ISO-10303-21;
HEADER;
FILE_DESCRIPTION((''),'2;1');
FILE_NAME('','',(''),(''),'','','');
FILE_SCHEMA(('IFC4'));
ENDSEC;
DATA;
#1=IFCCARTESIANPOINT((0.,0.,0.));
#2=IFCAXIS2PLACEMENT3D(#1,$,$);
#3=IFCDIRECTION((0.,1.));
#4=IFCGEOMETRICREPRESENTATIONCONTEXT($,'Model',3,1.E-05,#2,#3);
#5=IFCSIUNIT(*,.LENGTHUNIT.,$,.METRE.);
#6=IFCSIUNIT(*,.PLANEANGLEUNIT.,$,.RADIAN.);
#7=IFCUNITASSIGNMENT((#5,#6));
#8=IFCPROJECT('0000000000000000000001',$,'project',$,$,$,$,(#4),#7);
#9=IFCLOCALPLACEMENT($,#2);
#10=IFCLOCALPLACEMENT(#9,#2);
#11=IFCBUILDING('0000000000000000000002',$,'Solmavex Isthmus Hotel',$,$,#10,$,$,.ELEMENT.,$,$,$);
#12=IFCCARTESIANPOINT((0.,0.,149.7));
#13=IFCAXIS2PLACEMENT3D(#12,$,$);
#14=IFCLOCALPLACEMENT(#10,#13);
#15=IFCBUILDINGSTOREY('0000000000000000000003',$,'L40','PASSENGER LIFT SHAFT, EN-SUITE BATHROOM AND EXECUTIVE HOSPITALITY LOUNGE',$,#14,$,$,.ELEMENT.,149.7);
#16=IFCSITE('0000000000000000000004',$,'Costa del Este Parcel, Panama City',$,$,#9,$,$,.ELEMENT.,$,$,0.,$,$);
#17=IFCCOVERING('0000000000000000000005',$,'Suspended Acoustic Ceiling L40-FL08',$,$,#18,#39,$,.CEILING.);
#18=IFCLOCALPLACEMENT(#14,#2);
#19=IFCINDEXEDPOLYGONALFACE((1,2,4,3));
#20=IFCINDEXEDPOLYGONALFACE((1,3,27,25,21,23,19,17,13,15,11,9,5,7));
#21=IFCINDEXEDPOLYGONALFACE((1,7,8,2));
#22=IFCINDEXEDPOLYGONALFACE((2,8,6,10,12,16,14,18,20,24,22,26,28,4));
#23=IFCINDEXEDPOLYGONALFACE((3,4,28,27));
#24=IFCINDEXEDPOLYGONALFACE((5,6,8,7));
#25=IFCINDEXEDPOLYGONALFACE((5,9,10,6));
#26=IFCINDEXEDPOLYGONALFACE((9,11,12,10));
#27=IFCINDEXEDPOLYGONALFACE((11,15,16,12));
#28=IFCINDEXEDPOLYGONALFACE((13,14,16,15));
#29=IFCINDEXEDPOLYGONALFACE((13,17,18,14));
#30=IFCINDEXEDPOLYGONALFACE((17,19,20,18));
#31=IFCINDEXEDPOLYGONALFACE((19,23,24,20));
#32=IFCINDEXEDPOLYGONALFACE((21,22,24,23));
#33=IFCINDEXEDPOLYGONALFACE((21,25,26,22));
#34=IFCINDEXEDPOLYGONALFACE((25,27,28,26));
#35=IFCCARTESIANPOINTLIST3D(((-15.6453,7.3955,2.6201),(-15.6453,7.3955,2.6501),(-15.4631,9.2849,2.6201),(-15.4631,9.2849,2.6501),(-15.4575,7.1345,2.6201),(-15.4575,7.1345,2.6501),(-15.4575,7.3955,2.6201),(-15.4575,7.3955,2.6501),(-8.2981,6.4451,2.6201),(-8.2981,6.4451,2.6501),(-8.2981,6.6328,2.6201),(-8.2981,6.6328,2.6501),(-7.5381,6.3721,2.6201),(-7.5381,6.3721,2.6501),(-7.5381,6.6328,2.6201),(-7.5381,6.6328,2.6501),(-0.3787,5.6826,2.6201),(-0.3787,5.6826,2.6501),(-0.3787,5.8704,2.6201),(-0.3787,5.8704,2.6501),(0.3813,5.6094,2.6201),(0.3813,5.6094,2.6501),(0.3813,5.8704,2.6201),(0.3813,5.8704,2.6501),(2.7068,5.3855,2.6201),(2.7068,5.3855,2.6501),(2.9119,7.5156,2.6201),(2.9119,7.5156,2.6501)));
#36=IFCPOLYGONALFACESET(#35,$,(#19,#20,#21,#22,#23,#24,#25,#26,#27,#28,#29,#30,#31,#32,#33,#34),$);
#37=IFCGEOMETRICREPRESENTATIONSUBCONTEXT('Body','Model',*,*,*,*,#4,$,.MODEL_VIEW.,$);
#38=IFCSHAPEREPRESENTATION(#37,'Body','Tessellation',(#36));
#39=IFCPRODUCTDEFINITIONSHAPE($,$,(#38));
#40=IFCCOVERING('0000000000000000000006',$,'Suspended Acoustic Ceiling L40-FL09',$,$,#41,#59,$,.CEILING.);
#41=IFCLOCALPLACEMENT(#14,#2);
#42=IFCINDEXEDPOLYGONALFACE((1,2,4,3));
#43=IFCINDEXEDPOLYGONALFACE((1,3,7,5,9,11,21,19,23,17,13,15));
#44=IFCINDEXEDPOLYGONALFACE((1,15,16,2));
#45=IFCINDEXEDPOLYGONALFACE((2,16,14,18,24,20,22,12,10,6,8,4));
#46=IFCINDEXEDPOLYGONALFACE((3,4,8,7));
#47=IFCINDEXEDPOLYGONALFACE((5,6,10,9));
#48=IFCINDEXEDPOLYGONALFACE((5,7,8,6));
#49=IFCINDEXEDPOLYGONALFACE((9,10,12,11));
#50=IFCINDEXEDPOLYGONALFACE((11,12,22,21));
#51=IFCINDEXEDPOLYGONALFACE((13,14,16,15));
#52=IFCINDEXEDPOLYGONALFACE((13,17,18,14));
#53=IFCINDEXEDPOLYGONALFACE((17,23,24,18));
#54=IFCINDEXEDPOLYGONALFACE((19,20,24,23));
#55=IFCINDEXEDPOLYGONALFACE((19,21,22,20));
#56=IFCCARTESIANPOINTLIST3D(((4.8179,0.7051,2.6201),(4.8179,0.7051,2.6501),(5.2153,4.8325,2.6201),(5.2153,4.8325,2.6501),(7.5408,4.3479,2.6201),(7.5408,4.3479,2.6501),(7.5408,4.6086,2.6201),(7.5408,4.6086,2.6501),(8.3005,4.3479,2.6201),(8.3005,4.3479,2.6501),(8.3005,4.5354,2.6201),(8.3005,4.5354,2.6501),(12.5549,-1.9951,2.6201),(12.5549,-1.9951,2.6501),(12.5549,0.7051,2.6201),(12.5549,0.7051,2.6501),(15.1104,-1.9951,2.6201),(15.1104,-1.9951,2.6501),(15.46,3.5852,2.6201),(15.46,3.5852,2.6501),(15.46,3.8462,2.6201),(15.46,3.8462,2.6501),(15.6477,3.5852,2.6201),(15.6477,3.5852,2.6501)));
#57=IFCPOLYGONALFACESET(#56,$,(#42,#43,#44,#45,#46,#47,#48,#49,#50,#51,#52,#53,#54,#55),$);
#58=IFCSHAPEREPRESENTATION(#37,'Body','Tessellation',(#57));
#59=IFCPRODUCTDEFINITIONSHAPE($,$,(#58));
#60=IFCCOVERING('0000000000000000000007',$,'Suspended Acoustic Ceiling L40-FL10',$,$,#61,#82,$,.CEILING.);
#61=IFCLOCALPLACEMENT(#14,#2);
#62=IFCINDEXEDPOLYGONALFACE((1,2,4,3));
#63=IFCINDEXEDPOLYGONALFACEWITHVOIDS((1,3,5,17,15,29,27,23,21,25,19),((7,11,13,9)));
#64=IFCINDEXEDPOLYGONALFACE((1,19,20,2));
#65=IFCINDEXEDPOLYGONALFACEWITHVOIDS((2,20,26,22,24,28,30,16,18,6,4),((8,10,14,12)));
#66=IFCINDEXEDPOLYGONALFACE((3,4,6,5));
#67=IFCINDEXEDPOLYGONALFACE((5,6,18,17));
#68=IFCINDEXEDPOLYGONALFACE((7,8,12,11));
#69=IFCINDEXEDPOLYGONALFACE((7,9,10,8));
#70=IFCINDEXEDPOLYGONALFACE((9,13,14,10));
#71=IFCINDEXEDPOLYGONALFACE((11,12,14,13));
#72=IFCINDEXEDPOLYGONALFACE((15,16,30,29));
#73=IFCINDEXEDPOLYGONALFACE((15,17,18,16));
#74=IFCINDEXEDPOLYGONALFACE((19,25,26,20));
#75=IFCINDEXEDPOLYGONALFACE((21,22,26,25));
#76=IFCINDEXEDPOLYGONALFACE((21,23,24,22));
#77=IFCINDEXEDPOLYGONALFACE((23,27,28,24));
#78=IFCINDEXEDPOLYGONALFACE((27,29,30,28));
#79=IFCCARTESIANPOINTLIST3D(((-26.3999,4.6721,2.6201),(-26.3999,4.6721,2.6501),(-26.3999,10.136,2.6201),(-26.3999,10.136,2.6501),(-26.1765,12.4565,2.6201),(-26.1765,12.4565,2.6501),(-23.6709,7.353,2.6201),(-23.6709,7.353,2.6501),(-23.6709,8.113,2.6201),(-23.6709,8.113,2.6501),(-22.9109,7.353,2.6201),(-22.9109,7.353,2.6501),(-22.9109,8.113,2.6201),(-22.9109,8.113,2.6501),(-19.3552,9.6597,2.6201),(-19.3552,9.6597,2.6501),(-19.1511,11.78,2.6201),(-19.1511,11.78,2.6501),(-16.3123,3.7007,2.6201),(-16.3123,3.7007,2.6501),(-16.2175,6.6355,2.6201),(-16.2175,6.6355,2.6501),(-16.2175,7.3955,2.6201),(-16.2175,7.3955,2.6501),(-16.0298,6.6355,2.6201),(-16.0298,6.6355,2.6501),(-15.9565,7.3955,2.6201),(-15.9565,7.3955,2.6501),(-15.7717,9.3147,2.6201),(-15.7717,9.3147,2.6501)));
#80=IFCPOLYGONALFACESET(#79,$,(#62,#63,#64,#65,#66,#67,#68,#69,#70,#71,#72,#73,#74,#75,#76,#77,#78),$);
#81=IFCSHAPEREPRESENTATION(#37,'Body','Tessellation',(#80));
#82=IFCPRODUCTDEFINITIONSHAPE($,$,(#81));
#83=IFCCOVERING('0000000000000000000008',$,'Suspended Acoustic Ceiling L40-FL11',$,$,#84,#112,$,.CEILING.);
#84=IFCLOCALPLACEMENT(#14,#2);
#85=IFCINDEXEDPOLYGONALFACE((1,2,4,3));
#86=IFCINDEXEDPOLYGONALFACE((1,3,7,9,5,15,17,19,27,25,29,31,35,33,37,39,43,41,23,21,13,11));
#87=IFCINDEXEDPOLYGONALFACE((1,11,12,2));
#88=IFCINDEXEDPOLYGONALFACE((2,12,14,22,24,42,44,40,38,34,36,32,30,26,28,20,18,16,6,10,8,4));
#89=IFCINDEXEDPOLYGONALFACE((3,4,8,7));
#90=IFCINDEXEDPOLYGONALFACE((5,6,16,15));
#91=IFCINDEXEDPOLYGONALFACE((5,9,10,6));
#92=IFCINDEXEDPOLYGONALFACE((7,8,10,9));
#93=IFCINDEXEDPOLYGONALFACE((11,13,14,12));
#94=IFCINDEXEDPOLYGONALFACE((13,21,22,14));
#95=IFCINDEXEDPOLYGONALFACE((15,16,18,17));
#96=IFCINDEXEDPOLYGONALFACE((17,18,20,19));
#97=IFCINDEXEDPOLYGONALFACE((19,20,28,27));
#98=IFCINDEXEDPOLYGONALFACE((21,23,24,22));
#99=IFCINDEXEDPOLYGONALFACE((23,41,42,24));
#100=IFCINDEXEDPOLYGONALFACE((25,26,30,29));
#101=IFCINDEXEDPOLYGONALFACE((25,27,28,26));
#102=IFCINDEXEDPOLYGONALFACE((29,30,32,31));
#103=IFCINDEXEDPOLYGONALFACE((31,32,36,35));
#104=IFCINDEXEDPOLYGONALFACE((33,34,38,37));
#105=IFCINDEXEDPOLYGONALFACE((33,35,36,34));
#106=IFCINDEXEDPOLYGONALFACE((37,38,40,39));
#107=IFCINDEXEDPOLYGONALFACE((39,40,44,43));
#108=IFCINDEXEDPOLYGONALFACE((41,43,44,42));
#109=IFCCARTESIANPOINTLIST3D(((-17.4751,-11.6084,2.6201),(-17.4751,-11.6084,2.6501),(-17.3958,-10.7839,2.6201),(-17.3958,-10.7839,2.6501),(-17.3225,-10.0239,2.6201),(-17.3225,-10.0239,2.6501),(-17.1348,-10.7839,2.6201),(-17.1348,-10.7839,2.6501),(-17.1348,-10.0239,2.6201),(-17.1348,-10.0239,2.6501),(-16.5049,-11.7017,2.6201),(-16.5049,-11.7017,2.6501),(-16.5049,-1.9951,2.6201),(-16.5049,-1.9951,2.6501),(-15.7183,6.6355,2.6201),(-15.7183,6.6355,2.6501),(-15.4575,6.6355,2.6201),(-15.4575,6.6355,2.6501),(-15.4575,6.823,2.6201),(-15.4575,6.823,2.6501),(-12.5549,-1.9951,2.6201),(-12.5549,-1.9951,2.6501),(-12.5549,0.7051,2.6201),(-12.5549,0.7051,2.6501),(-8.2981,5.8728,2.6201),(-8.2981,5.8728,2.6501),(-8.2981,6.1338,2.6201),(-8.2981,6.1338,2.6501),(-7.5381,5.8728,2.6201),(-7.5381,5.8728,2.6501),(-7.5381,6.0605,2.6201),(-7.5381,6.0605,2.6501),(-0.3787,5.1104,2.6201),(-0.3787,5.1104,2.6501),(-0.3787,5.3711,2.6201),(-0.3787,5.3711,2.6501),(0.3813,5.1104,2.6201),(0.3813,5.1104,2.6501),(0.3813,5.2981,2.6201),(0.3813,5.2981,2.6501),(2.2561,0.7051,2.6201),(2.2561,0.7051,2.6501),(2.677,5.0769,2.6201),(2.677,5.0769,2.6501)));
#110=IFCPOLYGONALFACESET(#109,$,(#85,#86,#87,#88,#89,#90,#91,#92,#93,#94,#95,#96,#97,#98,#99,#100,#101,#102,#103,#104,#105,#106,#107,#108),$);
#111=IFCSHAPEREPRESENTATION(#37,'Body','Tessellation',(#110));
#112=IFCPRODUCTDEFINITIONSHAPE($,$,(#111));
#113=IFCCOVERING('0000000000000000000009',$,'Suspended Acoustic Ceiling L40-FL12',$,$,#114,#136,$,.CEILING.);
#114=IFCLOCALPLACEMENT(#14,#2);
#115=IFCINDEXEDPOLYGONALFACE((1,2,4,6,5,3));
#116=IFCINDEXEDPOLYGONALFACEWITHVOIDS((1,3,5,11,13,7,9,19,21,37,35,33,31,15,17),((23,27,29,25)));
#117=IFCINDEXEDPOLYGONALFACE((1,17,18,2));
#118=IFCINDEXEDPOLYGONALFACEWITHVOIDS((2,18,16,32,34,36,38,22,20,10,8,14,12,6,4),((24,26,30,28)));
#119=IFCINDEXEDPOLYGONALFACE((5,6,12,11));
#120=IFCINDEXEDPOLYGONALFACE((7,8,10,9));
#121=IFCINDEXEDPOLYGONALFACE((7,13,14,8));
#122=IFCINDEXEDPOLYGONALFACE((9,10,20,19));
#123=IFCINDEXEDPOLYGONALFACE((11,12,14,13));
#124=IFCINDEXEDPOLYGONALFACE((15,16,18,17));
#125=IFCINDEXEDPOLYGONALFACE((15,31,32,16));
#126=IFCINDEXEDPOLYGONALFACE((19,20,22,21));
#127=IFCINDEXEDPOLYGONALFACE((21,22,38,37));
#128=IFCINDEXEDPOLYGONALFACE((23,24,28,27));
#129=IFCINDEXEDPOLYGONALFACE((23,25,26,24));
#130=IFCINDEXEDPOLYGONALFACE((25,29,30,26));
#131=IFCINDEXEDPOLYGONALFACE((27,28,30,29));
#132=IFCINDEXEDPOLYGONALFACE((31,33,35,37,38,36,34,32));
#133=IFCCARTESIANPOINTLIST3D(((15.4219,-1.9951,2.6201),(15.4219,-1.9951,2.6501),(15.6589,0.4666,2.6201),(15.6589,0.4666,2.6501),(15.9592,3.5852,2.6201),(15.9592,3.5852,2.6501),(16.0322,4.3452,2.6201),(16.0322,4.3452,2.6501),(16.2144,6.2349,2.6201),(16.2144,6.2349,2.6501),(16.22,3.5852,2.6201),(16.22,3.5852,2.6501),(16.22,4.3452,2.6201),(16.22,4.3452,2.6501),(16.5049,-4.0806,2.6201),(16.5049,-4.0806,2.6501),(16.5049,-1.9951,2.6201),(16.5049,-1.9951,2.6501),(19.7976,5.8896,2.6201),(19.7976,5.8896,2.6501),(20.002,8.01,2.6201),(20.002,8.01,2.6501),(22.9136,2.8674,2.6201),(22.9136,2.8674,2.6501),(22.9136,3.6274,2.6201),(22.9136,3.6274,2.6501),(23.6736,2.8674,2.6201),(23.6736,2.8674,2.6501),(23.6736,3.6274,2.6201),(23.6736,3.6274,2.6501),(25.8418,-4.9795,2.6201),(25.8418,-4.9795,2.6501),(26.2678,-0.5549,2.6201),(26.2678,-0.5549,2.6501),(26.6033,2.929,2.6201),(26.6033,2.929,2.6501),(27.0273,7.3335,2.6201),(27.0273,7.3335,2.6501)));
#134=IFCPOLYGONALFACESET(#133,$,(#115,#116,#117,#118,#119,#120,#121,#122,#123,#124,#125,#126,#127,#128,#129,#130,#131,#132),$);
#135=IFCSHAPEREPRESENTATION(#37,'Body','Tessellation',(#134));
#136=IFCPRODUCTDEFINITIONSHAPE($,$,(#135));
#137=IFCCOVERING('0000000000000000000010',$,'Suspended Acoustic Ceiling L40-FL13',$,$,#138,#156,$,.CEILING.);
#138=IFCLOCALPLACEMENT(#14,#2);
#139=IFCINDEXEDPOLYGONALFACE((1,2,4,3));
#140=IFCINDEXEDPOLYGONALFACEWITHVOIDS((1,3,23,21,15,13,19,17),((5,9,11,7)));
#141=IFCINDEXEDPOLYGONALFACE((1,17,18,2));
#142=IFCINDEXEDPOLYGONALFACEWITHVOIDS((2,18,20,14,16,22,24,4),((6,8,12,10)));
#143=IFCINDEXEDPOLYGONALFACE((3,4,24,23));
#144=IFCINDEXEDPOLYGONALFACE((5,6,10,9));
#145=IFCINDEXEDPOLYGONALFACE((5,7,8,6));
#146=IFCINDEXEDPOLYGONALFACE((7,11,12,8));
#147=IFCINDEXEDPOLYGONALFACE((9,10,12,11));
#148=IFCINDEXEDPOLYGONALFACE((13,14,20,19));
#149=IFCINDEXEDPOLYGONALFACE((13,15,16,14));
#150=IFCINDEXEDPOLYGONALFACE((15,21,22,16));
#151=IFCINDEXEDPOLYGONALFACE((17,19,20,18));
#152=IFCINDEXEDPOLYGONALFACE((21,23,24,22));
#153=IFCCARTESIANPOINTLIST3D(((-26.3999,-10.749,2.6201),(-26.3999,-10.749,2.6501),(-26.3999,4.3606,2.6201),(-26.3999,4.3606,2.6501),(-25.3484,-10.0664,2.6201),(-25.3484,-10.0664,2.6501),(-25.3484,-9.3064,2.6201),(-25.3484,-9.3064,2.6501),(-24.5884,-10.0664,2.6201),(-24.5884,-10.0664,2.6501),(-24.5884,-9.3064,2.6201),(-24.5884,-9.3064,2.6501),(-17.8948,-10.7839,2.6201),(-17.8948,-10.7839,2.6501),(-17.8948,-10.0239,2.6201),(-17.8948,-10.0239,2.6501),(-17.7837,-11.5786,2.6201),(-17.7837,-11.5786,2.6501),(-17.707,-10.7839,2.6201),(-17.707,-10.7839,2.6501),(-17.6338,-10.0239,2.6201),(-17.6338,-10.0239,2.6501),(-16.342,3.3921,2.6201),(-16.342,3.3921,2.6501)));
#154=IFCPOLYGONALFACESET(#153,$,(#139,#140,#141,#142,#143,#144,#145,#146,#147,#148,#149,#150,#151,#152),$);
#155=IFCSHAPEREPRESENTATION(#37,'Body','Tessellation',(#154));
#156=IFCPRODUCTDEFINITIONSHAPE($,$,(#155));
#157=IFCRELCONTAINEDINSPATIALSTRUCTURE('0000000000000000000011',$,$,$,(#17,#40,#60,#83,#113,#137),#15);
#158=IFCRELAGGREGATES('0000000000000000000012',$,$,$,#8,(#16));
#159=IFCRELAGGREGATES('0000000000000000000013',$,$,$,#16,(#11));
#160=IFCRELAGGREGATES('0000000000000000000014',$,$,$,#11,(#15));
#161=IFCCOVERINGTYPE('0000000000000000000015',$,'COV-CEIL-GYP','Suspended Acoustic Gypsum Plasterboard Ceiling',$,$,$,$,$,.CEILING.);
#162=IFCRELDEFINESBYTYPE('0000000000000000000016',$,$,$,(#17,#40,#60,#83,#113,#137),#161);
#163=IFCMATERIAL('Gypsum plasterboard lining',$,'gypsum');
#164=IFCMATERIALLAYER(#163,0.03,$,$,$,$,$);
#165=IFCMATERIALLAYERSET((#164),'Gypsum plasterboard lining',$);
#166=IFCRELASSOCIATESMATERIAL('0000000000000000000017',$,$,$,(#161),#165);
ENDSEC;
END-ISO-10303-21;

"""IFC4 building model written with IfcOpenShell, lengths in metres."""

from ifc_helpers import new_model, si_unit, direction, frame, origin, place, context, subcontext, project, spatial, polyline, outline, extrude, material, layer, layer_set, type_object, element, save


model = new_model("IFC4")

# Units and contexts
model_context = context("Model", 3, precision=1e-05, world=origin(), true_north=direction((0.0, 1.0)))
body_context = subcontext(model_context, "Body", "Model", "MODEL_VIEW")
ifc_project = project(units=[si_unit("LENGTHUNIT", "METRE"), si_unit("PLANEANGLEUNIT", "RADIAN")], contexts=[model_context])

# Site, building, storey
site_placement = place(None, origin())
site = spatial("IfcSite", under=ifc_project, at=site_placement, Name="Costa del Este Parcel, Panama City", CompositionType="ELEMENT", RefElevation=0.0)
building_placement = place(site_placement, origin())
building = spatial("IfcBuilding", under=site, at=building_placement, Name="Solmavex Isthmus Hotel", CompositionType="ELEMENT")
storey_placement = place(building_placement, frame((0.0, 0.0, 149.7)))
storey = spatial("IfcBuildingStorey", under=building, at=storey_placement, Name="L40", Description="PASSENGER LIFT SHAFT, EN-SUITE BATHROOM AND EXECUTIVE HOSPITALITY LOUNGE", CompositionType="ELEMENT", Elevation=149.7)

# Shared definitions
ifc_material_1 = material(Name="Gypsum plasterboard lining", Category="gypsum")

# Coverings
ifc_layer_1 = layer(ifc_material_1, 0.03)
ifc_layer_set_1 = layer_set([ifc_layer_1], Name="Gypsum plasterboard lining")
covering_type_1 = type_object("IfcCoveringType", Name="COV-CEIL-GYP", Description="Suspended Acoustic Gypsum Plasterboard Ceiling", PredefinedType="CEILING", material=ifc_layer_set_1)
covering_1_placement = place(storey_placement, frame((0.0, 0.0, 2.6201)))
element("IfcCovering", 1, at=covering_1_placement, inside=storey, type_object=covering_type_1, Name="Suspended Acoustic Ceiling L40-FL08", PredefinedType="CEILING", context=body_context, shape_type="SweptSolid", body=[
    extrude(outline(polyline([(-0.3787, 5.6826), (-0.3787, 5.8704), (0.3813, 5.8704), (0.3813, 5.6094), (2.7068, 5.3855), (2.9119, 7.5156), (-15.4631, 9.2849), (-15.6453, 7.3955), (-15.4575, 7.3955), (-15.4575, 7.1345), (-8.2981, 6.4451), (-8.2981, 6.6328), (-7.5381, 6.6328), (-7.5381, 6.3721), (-0.3787, 5.6826)])), origin(), (0.0, 0.0, 1.0), 0.03),
])
covering_2_placement = place(storey_placement, frame((0.0, 0.0, 2.6201)))
element("IfcCovering", 2, at=covering_2_placement, inside=storey, type_object=covering_type_1, Name="Suspended Acoustic Ceiling L40-FL09", PredefinedType="CEILING", context=body_context, shape_type="SweptSolid", body=[
    extrude(outline(polyline([(8.3005, 4.5354), (8.3005, 4.3479), (7.5408, 4.3479), (7.5408, 4.6086), (5.2153, 4.8325), (4.8179, 0.7051), (12.5549, 0.7051), (12.5549, -1.9951), (15.1104, -1.9951), (15.6477, 3.5852), (15.46, 3.5852), (15.46, 3.8462), (8.3005, 4.5354)])), origin(), (0.0, 0.0, 1.0), 0.03),
])
covering_3_placement = place(storey_placement, frame((0.0, 0.0, 2.6201)))
element("IfcCovering", 3, at=covering_3_placement, inside=storey, type_object=covering_type_1, Name="Suspended Acoustic Ceiling L40-FL10", PredefinedType="CEILING", context=body_context, shape_type="SweptSolid", body=[
    extrude(outline(polyline([(-16.0298, 6.6355), (-16.2175, 6.6355), (-16.2175, 7.3955), (-15.9565, 7.3955), (-15.7717, 9.3147), (-19.3552, 9.6597), (-19.1511, 11.78), (-26.1765, 12.4565), (-26.3999, 10.136), (-26.3999, 4.6721), (-16.3123, 3.7007), (-16.0298, 6.6355)]), holes=[polyline([(-23.6709, 7.353), (-23.6709, 8.113), (-22.9109, 8.113), (-22.9109, 7.353), (-23.6709, 7.353)])]), origin(), (0.0, 0.0, 1.0), 0.03),
])
covering_4_placement = place(storey_placement, frame((0.0, 0.0, 2.6201)))
element("IfcCovering", 4, at=covering_4_placement, inside=storey, type_object=covering_type_1, Name="Suspended Acoustic Ceiling L40-FL11", PredefinedType="CEILING", context=body_context, shape_type="SweptSolid", body=[
    extrude(outline(polyline([(-17.3225, -10.0239), (-17.1348, -10.0239), (-17.1348, -10.7839), (-17.3958, -10.7839), (-17.4751, -11.6084), (-16.5049, -11.7017), (-16.5049, -1.9951), (-12.5549, -1.9951), (-12.5549, 0.7051), (2.2561, 0.7051), (2.677, 5.0769), (0.3813, 5.2981), (0.3813, 5.1104), (-0.3787, 5.1104), (-0.3787, 5.3711), (-7.5381, 6.0605), (-7.5381, 5.8728), (-8.2981, 5.8728), (-8.2981, 6.1338), (-15.4575, 6.823), (-15.4575, 6.6355), (-15.7183, 6.6355), (-17.3225, -10.0239)])), origin(), (0.0, 0.0, 1.0), 0.03),
])
covering_5_placement = place(storey_placement, frame((0.0, 0.0, 2.6201)))
element("IfcCovering", 5, at=covering_5_placement, inside=storey, type_object=covering_type_1, Name="Suspended Acoustic Ceiling L40-FL12", PredefinedType="CEILING", context=body_context, shape_type="SweptSolid", body=[
    extrude(outline(polyline([(16.0322, 4.3452), (16.22, 4.3452), (16.22, 3.5852), (15.9592, 3.5852), (15.6589, 0.4666), (15.4219, -1.9951), (16.5049, -1.9951), (16.5049, -4.0806), (25.8418, -4.9795), (26.2678, -0.5549), (26.6033, 2.929), (27.0273, 7.3335), (20.002, 8.01), (19.7976, 5.8896), (16.2144, 6.2349), (16.0322, 4.3452)]), holes=[polyline([(22.9136, 2.8674), (22.9136, 3.6274), (23.6736, 3.6274), (23.6736, 2.8674), (22.9136, 2.8674)])]), origin(), (0.0, 0.0, 1.0), 0.03),
])
covering_6_placement = place(storey_placement, frame((0.0, 0.0, 2.6201)))
element("IfcCovering", 6, at=covering_6_placement, inside=storey, type_object=covering_type_1, Name="Suspended Acoustic Ceiling L40-FL13", PredefinedType="CEILING", context=body_context, shape_type="SweptSolid", body=[
    extrude(outline(polyline([(-26.3999, 4.3606), (-26.3999, -10.749), (-17.7837, -11.5786), (-17.707, -10.7839), (-17.8948, -10.7839), (-17.8948, -10.0239), (-17.6338, -10.0239), (-16.342, 3.3921), (-26.3999, 4.3606)]), holes=[polyline([(-25.3484, -10.0664), (-25.3484, -9.3064), (-24.5884, -9.3064), (-24.5884, -10.0664), (-25.3484, -10.0664)])]), origin(), (0.0, 0.0, 1.0), 0.03),
])

save(model, "model.ifc")
